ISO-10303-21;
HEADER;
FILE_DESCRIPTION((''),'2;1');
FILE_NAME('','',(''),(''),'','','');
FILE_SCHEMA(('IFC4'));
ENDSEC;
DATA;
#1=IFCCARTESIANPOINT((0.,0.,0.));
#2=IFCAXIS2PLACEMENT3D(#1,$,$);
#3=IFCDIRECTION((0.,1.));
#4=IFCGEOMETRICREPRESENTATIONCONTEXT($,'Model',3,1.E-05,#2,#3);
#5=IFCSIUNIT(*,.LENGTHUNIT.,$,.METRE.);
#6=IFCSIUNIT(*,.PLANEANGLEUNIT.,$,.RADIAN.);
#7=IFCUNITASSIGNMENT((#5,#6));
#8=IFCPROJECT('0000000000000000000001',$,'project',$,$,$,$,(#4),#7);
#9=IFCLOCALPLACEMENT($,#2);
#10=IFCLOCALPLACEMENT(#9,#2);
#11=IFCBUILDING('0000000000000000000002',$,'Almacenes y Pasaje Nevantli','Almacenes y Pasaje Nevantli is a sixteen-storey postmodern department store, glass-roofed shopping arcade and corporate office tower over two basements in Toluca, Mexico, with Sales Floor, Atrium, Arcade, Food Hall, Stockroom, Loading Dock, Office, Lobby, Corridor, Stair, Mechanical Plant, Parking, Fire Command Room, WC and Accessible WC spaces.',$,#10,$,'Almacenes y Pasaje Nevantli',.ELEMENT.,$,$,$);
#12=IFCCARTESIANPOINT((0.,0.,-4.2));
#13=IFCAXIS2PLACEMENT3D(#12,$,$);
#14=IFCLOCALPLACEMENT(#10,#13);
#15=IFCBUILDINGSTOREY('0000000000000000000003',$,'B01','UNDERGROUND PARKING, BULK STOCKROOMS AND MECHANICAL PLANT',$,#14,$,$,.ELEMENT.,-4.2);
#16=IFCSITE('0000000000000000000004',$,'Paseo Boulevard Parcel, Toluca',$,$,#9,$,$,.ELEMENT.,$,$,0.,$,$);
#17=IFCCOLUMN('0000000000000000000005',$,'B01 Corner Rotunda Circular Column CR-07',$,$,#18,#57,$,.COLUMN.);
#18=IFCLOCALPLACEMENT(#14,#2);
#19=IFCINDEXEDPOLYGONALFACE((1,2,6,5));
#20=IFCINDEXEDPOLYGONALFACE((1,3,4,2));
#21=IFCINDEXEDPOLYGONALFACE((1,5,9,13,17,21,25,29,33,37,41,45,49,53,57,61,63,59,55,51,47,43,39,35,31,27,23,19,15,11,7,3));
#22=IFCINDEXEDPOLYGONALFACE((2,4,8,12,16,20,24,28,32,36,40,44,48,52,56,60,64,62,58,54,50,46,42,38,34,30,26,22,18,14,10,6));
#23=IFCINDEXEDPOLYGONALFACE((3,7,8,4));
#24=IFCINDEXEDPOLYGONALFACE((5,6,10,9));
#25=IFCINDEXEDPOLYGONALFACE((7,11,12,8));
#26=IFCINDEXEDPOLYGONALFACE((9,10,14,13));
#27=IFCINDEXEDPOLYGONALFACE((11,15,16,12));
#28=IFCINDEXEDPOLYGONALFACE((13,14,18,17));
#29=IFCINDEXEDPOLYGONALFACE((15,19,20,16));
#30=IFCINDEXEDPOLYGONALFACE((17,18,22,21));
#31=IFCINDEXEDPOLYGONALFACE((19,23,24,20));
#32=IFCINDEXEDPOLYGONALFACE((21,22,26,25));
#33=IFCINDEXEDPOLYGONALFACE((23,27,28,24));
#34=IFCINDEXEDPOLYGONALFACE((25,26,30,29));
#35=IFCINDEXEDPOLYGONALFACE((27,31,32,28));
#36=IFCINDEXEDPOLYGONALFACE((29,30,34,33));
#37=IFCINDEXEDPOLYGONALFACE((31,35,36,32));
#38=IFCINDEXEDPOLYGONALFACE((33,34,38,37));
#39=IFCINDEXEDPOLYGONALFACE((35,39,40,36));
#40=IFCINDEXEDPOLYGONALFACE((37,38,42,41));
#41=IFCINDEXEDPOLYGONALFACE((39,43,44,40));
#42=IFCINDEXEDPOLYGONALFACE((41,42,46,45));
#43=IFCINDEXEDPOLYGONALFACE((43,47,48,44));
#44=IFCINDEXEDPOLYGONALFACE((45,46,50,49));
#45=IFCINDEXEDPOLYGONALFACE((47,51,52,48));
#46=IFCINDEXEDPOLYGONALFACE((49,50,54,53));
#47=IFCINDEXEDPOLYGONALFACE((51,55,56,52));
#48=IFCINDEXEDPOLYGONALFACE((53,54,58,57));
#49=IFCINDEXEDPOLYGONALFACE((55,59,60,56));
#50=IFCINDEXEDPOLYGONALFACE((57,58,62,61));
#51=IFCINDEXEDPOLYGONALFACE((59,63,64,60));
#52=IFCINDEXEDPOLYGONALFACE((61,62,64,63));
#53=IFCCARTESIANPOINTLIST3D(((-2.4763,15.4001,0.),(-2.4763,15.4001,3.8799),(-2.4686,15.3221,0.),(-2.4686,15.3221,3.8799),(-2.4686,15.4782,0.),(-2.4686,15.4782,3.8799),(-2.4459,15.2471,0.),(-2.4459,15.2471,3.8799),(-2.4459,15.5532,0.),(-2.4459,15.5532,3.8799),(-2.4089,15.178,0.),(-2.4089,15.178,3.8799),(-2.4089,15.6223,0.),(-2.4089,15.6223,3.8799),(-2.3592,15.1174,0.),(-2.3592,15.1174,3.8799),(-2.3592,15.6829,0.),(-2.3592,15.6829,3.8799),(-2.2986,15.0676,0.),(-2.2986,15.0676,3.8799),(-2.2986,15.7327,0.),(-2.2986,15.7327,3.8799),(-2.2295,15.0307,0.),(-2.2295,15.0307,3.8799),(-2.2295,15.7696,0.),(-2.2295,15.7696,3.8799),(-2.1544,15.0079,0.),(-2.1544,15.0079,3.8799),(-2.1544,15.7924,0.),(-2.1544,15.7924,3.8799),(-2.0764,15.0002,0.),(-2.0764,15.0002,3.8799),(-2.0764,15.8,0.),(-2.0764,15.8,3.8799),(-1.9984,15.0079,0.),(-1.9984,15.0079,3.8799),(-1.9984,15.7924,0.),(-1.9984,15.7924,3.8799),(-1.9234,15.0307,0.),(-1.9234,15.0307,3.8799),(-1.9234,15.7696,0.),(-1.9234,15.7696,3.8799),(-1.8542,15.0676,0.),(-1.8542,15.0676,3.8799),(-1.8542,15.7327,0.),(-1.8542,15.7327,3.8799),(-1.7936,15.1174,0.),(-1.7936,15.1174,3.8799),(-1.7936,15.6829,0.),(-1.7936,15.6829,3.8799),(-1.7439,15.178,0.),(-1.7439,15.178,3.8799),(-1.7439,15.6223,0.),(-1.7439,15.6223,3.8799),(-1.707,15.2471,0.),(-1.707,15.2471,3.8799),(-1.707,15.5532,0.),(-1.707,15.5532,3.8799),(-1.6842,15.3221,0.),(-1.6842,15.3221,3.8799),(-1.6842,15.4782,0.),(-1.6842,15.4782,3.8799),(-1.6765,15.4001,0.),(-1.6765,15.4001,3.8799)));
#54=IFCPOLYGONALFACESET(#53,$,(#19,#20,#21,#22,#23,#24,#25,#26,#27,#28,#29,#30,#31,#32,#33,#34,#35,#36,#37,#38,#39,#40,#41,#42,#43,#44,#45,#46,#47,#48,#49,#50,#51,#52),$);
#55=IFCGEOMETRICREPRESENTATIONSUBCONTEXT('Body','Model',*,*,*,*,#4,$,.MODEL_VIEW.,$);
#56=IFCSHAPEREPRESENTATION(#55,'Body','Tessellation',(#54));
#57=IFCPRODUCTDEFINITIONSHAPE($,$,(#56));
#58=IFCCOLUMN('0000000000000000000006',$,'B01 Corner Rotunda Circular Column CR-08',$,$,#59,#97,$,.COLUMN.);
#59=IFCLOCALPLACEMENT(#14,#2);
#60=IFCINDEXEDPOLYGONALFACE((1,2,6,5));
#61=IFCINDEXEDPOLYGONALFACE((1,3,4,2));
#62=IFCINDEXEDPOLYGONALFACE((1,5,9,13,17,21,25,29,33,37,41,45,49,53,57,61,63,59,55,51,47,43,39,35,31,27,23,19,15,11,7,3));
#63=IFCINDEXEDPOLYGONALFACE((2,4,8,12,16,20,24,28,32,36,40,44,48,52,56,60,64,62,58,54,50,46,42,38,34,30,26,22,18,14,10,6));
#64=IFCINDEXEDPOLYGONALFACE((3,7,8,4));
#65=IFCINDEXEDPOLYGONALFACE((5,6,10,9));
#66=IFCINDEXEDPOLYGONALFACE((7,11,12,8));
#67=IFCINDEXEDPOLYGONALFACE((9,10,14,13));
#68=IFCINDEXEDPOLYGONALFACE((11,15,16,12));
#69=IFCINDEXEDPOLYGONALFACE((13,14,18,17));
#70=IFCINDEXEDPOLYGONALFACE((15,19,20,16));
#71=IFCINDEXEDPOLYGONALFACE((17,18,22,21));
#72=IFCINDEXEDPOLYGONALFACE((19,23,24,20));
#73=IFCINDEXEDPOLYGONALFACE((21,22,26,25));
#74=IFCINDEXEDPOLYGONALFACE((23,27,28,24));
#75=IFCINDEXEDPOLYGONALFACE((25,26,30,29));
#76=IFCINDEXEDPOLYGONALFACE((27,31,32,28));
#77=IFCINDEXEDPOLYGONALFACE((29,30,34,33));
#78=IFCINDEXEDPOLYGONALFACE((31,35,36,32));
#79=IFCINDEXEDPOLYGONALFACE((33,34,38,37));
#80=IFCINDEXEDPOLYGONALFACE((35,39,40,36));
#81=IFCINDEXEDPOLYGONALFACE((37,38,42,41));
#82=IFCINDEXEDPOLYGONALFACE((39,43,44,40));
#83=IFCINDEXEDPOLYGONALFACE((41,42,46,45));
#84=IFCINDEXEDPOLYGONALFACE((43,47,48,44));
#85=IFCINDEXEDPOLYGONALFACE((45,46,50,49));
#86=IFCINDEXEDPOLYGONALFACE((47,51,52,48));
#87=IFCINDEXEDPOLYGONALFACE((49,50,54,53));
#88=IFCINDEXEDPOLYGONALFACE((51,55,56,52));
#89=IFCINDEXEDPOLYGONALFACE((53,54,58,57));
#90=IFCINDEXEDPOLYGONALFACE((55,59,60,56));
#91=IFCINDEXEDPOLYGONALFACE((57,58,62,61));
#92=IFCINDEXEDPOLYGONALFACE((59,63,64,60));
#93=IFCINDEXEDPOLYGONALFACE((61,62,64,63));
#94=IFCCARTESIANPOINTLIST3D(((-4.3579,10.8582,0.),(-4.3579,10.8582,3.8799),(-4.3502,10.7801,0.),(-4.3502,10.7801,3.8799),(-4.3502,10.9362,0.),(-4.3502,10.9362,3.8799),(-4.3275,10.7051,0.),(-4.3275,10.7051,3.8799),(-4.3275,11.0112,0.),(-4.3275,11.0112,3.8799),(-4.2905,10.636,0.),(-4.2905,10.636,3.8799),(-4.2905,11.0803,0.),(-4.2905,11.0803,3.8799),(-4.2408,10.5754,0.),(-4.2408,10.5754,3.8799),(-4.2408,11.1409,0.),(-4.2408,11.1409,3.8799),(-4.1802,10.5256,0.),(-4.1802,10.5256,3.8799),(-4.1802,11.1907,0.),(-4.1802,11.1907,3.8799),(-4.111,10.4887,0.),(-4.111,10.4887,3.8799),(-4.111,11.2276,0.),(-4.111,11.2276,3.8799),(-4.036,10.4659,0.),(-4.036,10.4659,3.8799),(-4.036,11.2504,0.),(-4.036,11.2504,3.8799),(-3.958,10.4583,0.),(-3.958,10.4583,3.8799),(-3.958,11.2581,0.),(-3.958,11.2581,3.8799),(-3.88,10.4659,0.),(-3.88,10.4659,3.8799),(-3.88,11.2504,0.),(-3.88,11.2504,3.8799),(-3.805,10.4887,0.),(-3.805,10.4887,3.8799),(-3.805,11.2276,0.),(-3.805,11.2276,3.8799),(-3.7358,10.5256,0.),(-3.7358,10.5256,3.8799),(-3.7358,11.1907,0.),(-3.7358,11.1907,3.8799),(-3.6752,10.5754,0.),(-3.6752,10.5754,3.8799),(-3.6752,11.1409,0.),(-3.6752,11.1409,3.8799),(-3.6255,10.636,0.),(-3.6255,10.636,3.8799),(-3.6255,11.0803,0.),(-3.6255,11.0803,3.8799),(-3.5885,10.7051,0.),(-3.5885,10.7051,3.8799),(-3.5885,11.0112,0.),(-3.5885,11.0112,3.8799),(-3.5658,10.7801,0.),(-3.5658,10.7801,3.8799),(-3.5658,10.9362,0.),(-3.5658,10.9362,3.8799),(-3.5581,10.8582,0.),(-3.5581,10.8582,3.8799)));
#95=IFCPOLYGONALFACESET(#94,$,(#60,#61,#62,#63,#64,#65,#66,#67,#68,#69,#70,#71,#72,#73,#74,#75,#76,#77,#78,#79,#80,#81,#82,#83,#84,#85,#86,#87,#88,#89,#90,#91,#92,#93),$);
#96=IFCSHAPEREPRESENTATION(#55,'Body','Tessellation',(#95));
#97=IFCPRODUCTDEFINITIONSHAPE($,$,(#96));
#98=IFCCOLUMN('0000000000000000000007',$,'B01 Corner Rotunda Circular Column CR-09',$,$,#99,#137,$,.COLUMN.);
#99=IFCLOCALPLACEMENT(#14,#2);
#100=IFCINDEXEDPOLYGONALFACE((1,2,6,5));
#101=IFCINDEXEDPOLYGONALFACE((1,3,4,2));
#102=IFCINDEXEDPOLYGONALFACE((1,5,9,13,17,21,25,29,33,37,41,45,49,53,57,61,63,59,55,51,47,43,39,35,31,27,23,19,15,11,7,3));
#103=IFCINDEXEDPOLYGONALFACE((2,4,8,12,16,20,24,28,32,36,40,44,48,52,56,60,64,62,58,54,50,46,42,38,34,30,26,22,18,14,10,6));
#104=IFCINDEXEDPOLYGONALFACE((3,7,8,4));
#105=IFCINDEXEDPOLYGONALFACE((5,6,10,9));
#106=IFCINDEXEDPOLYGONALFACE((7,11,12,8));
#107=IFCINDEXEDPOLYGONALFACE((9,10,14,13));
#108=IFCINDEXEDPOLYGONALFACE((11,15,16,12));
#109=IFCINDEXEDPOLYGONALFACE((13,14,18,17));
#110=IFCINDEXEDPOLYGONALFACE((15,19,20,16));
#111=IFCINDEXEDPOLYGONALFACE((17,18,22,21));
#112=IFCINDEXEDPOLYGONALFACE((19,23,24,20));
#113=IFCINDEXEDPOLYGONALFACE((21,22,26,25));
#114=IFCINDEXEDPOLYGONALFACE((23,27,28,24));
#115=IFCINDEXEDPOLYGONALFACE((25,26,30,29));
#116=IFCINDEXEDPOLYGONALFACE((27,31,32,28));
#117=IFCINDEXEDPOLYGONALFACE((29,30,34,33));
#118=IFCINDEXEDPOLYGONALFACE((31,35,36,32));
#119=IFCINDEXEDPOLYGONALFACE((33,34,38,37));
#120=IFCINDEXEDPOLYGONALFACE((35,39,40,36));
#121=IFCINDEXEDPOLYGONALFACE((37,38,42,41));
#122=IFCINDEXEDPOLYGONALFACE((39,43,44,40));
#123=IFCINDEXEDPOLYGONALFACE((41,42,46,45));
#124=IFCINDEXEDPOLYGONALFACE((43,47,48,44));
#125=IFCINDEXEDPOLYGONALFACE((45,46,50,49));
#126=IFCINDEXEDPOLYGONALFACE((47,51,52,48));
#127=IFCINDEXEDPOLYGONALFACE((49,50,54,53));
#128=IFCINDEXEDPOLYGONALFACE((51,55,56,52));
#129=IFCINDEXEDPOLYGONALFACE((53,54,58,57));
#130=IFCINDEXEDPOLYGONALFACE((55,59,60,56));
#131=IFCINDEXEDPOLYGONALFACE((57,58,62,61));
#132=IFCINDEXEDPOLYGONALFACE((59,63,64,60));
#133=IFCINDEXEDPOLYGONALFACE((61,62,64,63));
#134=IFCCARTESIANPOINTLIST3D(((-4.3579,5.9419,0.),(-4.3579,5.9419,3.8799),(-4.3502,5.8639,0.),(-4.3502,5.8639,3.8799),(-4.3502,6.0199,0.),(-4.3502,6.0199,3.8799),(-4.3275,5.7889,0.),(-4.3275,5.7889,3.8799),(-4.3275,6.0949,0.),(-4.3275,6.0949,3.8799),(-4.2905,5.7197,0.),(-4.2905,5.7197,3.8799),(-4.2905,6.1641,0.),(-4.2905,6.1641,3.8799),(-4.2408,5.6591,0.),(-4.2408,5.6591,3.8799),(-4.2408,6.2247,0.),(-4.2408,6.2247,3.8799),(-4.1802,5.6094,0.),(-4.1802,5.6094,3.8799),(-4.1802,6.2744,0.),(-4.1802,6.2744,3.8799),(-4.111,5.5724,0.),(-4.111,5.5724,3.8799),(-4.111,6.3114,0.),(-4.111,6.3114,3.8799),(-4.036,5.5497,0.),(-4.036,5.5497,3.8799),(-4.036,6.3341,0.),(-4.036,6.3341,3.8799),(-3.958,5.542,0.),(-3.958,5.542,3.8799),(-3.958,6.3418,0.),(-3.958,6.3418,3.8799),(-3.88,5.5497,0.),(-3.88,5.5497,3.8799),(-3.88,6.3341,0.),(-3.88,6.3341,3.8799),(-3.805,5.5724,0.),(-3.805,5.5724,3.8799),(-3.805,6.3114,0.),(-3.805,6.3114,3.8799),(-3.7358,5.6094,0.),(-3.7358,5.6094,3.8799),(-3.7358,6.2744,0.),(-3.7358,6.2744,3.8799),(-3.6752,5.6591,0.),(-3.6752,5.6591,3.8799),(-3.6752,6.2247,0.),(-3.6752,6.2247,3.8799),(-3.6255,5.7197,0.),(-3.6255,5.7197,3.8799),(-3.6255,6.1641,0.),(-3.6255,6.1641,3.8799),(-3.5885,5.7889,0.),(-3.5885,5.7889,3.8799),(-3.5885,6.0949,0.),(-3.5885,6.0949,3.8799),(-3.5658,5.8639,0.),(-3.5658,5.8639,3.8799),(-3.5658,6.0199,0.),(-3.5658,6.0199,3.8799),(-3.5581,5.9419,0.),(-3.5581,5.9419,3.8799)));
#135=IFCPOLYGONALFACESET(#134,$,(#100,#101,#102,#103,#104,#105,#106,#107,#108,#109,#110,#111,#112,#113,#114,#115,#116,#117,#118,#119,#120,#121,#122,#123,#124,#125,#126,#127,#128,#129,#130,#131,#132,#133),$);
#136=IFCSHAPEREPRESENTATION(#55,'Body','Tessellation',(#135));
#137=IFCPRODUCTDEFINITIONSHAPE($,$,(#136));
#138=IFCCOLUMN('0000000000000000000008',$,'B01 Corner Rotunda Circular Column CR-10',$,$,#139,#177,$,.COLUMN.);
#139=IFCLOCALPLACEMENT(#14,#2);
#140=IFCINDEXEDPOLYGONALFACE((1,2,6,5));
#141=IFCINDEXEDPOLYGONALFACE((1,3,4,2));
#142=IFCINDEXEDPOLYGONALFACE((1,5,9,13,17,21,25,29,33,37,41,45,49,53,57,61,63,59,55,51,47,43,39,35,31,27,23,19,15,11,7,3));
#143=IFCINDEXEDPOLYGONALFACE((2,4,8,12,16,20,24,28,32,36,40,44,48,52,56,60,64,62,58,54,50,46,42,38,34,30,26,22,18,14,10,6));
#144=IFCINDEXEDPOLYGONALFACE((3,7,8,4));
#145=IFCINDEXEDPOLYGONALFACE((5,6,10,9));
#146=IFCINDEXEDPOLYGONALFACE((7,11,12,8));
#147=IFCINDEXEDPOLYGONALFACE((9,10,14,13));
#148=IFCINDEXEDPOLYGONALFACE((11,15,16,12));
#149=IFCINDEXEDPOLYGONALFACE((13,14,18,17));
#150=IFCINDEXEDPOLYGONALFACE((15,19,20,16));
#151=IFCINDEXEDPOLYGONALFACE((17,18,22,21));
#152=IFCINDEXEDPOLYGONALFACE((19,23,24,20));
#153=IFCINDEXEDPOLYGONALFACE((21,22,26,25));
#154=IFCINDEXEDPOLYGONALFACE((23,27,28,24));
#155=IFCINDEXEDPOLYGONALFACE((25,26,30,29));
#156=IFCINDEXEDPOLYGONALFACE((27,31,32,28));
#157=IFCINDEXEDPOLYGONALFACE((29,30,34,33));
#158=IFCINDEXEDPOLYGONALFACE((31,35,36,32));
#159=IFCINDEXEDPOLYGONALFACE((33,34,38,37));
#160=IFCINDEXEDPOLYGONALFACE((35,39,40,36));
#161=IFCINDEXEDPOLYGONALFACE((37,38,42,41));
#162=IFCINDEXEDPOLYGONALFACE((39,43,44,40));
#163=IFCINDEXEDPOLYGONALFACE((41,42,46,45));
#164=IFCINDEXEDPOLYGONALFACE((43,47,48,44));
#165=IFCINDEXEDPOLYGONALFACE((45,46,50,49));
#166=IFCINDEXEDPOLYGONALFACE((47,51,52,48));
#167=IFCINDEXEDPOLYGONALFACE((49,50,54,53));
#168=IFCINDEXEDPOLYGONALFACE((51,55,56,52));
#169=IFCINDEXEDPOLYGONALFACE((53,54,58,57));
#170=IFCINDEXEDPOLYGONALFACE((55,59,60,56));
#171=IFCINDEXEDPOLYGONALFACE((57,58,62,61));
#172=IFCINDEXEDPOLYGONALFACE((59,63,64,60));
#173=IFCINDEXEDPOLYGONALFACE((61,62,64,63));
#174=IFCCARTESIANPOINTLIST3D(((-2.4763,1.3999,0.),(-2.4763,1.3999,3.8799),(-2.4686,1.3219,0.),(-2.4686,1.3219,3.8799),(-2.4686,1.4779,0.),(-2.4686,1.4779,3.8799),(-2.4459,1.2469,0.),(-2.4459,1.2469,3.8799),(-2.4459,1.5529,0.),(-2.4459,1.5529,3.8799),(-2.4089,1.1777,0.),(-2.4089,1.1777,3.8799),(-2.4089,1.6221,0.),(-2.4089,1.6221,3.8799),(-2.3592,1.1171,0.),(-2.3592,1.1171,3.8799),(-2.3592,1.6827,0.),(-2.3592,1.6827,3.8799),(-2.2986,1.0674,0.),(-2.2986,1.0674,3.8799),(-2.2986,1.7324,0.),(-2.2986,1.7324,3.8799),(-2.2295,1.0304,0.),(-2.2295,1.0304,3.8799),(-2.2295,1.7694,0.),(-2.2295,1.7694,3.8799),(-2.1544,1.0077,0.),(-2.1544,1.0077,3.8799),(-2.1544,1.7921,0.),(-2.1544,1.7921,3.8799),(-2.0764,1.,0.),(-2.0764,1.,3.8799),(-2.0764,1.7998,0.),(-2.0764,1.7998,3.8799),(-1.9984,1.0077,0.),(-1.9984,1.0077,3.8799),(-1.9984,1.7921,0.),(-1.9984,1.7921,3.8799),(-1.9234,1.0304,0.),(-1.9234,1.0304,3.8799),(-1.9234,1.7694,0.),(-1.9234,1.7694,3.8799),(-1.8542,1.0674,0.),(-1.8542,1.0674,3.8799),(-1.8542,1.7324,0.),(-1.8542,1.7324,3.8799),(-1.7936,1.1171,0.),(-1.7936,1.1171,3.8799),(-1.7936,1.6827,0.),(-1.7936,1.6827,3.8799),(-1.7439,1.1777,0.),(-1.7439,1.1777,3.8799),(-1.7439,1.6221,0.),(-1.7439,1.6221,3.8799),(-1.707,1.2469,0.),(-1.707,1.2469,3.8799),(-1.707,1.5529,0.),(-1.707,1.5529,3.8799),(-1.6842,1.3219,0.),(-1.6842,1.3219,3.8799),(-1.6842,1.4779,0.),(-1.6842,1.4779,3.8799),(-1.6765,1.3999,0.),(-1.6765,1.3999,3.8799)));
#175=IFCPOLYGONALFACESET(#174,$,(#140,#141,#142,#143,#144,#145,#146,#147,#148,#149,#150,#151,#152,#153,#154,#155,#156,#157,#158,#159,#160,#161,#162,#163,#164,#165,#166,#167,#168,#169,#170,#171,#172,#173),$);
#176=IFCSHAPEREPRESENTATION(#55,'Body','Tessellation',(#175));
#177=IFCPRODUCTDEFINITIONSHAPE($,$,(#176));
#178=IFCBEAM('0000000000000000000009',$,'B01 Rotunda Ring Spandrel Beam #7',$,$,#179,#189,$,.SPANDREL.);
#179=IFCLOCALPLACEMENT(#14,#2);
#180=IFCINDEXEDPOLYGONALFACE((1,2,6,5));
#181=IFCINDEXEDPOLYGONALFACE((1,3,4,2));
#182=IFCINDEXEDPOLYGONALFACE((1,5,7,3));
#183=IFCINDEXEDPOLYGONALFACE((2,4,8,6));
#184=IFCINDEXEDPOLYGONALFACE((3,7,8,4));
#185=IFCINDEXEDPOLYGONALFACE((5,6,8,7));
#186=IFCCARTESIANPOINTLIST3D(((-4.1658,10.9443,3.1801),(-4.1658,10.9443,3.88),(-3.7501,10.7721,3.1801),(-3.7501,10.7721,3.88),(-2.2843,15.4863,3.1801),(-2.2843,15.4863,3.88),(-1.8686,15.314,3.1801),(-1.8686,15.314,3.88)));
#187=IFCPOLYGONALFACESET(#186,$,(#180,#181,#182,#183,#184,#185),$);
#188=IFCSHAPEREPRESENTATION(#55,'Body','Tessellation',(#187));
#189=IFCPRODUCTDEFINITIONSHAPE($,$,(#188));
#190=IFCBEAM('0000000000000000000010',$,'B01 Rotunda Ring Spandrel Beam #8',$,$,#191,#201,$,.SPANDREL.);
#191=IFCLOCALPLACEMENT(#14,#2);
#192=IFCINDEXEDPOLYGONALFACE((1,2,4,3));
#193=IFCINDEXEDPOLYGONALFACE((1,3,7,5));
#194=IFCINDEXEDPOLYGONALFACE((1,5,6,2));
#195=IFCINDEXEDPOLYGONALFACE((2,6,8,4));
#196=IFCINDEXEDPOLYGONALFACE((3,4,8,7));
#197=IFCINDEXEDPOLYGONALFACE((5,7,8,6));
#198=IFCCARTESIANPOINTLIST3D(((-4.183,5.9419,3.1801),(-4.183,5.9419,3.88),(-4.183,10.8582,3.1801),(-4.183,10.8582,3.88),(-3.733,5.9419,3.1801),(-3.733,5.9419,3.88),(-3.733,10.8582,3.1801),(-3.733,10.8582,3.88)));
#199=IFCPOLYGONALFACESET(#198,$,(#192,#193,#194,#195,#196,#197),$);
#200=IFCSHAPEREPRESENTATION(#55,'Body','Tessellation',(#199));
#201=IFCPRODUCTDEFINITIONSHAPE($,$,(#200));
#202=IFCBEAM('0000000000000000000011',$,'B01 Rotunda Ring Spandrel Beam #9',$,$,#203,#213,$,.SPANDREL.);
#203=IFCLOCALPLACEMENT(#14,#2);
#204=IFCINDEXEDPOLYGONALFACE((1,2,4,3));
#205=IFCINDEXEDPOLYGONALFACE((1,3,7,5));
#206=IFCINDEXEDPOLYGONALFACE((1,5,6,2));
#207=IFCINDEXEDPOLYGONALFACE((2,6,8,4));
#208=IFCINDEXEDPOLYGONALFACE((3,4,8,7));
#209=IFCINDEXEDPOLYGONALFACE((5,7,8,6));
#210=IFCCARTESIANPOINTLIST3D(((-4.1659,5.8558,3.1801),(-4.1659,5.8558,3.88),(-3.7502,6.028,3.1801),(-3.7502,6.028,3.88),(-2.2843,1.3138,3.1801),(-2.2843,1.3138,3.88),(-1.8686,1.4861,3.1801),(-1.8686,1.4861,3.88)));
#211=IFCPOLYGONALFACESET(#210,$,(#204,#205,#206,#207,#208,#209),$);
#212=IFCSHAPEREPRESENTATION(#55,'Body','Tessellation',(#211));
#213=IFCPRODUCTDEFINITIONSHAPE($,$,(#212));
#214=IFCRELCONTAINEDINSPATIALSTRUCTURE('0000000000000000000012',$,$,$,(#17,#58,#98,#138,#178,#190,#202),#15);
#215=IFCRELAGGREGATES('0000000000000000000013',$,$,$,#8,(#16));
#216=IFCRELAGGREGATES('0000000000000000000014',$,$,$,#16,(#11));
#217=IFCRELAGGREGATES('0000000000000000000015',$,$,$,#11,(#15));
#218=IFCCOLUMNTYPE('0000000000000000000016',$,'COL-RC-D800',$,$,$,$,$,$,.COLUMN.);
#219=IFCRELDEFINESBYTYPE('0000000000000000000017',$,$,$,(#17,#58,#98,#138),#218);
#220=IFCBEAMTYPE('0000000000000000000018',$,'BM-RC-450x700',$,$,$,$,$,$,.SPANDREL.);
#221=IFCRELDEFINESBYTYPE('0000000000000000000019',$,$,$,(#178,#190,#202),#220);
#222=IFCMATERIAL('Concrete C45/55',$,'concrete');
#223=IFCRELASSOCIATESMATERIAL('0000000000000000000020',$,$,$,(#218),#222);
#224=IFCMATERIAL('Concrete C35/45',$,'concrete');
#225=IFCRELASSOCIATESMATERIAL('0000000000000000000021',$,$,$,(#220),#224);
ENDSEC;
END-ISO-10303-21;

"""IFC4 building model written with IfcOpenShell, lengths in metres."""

from ifc_helpers import new_model, si_unit, direction, frame, origin, origin_2d, place, context, subcontext, project, spatial, rectangle, circle, extrude, material, material_profile, profile_set, type_object, element, save


model = new_model("IFC4")

# Units and contexts
model_context = context("Model", 3, precision=1e-05, world=origin(), true_north=direction((0.0, 1.0)))
body_context = subcontext(model_context, "Body", "Model", "MODEL_VIEW")
ifc_project = project(units=[si_unit("LENGTHUNIT", "METRE"), si_unit("PLANEANGLEUNIT", "RADIAN")], contexts=[model_context])

# Site, building, storey
site_placement = place(None, origin())
site = spatial("IfcSite", under=ifc_project, at=site_placement, Name="Paseo Boulevard Parcel, Toluca", CompositionType="ELEMENT", RefElevation=0.0)
building_placement = place(site_placement, origin())
building = spatial("IfcBuilding", under=site, at=building_placement, Name="Almacenes y Pasaje Nevantli", Description="Almacenes y Pasaje Nevantli is a sixteen-storey postmodern department store, glass-roofed shopping arcade and corporate office tower over two basements in Toluca, Mexico, with Sales Floor, Atrium, Arcade, Food Hall, Stockroom, Loading Dock, Office, Lobby, Corridor, Stair, Mechanical Plant, Parking, Fire Command Room, WC and Accessible WC spaces.", LongName="Almacenes y Pasaje Nevantli", CompositionType="ELEMENT")
storey_placement = place(building_placement, frame((0.0, 0.0, -4.2)))
storey = spatial("IfcBuildingStorey", under=building, at=storey_placement, Name="B01", Description="UNDERGROUND PARKING, BULK STOCKROOMS AND MECHANICAL PLANT", CompositionType="ELEMENT", Elevation=-4.2)

# Columns
ifc_material_1 = material(Name="Concrete C45/55", Category="concrete")
ifc_material_profile_1 = material_profile(ifc_material_1, circle(Radius=0.3999, at=origin_2d()), Name="RC-COL-D800")
ifc_profile_set_1 = profile_set([ifc_material_profile_1], Name="Concrete C45/55")
column_type = type_object("IfcColumnType", Name="COL-RC-D800", PredefinedType="COLUMN", material=ifc_profile_set_1)
for number, where, z_axis, x_axis, name in (
    (1, (-2.0764, 15.4001, 0.0), (0.0, 0.0, 1.0), (1.0, 0.0, 0.0), "B01 Corner Rotunda Circular Column CR-07"),
    (2, (-3.958, 10.8582, 0.0), (0.0, 0.0, 1.0), (1.0, 0.0, 0.0), "B01 Corner Rotunda Circular Column CR-08"),
    (3, (-3.958, 5.9419, 0.0), (0.0, 0.0, 1.0), (1.0, 0.0, 0.0), "B01 Corner Rotunda Circular Column CR-09"),
    (4, (-2.0764, 1.3999, 0.0), (0.0, 0.0, 1.0), (1.0, 0.0, 0.0), "B01 Corner Rotunda Circular Column CR-10"),
):
    element("IfcColumn", number, at=place(storey_placement, frame(where, z_axis=z_axis, x_axis=x_axis)), inside=storey, type_object=column_type, Name=name, PredefinedType="COLUMN", context=body_context, shape_type="SweptSolid", body=[
        extrude(circle(Radius=0.3999, at=origin_2d()), origin(), (0.0, 0.0, 1.0), 3.8799),
    ])

# Beams
ifc_material_2 = material(Name="Concrete C35/45", Category="concrete")
ifc_material_profile_2 = material_profile(ifc_material_2, rectangle(XDim=0.45, YDim=0.7, at=origin_2d()), Name="RC-BM-450x700")
ifc_profile_set_2 = profile_set([ifc_material_profile_2], Name="Concrete C35/45")
beam_type = type_object("IfcBeamType", Name="BM-RC-450x700", PredefinedType="SPANDREL", material=ifc_profile_set_2)
for number, where, z_axis, x_axis, name in (
    (5, (-2.0764, 15.4001, 3.53), (-0.382725, -0.923862, 0.0), (0.923862, -0.382725, 0.0), "B01 Rotunda Ring Spandrel Beam #7"),
    (6, (-3.958, 10.8582, 3.53), (0.0, -1.0, 0.0), (1.0, 0.0, 0.0), "B01 Rotunda Ring Spandrel Beam #8"),
    (7, (-3.958, 5.9419, 3.53), (0.382725, -0.923862, 0.0), (0.923862, 0.382725, 0.0), "B01 Rotunda Ring Spandrel Beam #9"),
):
    element("IfcBeam", number, at=place(storey_placement, frame(where, z_axis=z_axis, x_axis=x_axis)), inside=storey, type_object=beam_type, Name=name, PredefinedType="SPANDREL", context=body_context, shape_type="SweptSolid", body=[
        extrude(rectangle(XDim=0.45, YDim=0.7, at=origin_2d()), origin(), (0.0, 0.0, 1.0), 4.9163),
    ])

save(model, "model.ifc")
